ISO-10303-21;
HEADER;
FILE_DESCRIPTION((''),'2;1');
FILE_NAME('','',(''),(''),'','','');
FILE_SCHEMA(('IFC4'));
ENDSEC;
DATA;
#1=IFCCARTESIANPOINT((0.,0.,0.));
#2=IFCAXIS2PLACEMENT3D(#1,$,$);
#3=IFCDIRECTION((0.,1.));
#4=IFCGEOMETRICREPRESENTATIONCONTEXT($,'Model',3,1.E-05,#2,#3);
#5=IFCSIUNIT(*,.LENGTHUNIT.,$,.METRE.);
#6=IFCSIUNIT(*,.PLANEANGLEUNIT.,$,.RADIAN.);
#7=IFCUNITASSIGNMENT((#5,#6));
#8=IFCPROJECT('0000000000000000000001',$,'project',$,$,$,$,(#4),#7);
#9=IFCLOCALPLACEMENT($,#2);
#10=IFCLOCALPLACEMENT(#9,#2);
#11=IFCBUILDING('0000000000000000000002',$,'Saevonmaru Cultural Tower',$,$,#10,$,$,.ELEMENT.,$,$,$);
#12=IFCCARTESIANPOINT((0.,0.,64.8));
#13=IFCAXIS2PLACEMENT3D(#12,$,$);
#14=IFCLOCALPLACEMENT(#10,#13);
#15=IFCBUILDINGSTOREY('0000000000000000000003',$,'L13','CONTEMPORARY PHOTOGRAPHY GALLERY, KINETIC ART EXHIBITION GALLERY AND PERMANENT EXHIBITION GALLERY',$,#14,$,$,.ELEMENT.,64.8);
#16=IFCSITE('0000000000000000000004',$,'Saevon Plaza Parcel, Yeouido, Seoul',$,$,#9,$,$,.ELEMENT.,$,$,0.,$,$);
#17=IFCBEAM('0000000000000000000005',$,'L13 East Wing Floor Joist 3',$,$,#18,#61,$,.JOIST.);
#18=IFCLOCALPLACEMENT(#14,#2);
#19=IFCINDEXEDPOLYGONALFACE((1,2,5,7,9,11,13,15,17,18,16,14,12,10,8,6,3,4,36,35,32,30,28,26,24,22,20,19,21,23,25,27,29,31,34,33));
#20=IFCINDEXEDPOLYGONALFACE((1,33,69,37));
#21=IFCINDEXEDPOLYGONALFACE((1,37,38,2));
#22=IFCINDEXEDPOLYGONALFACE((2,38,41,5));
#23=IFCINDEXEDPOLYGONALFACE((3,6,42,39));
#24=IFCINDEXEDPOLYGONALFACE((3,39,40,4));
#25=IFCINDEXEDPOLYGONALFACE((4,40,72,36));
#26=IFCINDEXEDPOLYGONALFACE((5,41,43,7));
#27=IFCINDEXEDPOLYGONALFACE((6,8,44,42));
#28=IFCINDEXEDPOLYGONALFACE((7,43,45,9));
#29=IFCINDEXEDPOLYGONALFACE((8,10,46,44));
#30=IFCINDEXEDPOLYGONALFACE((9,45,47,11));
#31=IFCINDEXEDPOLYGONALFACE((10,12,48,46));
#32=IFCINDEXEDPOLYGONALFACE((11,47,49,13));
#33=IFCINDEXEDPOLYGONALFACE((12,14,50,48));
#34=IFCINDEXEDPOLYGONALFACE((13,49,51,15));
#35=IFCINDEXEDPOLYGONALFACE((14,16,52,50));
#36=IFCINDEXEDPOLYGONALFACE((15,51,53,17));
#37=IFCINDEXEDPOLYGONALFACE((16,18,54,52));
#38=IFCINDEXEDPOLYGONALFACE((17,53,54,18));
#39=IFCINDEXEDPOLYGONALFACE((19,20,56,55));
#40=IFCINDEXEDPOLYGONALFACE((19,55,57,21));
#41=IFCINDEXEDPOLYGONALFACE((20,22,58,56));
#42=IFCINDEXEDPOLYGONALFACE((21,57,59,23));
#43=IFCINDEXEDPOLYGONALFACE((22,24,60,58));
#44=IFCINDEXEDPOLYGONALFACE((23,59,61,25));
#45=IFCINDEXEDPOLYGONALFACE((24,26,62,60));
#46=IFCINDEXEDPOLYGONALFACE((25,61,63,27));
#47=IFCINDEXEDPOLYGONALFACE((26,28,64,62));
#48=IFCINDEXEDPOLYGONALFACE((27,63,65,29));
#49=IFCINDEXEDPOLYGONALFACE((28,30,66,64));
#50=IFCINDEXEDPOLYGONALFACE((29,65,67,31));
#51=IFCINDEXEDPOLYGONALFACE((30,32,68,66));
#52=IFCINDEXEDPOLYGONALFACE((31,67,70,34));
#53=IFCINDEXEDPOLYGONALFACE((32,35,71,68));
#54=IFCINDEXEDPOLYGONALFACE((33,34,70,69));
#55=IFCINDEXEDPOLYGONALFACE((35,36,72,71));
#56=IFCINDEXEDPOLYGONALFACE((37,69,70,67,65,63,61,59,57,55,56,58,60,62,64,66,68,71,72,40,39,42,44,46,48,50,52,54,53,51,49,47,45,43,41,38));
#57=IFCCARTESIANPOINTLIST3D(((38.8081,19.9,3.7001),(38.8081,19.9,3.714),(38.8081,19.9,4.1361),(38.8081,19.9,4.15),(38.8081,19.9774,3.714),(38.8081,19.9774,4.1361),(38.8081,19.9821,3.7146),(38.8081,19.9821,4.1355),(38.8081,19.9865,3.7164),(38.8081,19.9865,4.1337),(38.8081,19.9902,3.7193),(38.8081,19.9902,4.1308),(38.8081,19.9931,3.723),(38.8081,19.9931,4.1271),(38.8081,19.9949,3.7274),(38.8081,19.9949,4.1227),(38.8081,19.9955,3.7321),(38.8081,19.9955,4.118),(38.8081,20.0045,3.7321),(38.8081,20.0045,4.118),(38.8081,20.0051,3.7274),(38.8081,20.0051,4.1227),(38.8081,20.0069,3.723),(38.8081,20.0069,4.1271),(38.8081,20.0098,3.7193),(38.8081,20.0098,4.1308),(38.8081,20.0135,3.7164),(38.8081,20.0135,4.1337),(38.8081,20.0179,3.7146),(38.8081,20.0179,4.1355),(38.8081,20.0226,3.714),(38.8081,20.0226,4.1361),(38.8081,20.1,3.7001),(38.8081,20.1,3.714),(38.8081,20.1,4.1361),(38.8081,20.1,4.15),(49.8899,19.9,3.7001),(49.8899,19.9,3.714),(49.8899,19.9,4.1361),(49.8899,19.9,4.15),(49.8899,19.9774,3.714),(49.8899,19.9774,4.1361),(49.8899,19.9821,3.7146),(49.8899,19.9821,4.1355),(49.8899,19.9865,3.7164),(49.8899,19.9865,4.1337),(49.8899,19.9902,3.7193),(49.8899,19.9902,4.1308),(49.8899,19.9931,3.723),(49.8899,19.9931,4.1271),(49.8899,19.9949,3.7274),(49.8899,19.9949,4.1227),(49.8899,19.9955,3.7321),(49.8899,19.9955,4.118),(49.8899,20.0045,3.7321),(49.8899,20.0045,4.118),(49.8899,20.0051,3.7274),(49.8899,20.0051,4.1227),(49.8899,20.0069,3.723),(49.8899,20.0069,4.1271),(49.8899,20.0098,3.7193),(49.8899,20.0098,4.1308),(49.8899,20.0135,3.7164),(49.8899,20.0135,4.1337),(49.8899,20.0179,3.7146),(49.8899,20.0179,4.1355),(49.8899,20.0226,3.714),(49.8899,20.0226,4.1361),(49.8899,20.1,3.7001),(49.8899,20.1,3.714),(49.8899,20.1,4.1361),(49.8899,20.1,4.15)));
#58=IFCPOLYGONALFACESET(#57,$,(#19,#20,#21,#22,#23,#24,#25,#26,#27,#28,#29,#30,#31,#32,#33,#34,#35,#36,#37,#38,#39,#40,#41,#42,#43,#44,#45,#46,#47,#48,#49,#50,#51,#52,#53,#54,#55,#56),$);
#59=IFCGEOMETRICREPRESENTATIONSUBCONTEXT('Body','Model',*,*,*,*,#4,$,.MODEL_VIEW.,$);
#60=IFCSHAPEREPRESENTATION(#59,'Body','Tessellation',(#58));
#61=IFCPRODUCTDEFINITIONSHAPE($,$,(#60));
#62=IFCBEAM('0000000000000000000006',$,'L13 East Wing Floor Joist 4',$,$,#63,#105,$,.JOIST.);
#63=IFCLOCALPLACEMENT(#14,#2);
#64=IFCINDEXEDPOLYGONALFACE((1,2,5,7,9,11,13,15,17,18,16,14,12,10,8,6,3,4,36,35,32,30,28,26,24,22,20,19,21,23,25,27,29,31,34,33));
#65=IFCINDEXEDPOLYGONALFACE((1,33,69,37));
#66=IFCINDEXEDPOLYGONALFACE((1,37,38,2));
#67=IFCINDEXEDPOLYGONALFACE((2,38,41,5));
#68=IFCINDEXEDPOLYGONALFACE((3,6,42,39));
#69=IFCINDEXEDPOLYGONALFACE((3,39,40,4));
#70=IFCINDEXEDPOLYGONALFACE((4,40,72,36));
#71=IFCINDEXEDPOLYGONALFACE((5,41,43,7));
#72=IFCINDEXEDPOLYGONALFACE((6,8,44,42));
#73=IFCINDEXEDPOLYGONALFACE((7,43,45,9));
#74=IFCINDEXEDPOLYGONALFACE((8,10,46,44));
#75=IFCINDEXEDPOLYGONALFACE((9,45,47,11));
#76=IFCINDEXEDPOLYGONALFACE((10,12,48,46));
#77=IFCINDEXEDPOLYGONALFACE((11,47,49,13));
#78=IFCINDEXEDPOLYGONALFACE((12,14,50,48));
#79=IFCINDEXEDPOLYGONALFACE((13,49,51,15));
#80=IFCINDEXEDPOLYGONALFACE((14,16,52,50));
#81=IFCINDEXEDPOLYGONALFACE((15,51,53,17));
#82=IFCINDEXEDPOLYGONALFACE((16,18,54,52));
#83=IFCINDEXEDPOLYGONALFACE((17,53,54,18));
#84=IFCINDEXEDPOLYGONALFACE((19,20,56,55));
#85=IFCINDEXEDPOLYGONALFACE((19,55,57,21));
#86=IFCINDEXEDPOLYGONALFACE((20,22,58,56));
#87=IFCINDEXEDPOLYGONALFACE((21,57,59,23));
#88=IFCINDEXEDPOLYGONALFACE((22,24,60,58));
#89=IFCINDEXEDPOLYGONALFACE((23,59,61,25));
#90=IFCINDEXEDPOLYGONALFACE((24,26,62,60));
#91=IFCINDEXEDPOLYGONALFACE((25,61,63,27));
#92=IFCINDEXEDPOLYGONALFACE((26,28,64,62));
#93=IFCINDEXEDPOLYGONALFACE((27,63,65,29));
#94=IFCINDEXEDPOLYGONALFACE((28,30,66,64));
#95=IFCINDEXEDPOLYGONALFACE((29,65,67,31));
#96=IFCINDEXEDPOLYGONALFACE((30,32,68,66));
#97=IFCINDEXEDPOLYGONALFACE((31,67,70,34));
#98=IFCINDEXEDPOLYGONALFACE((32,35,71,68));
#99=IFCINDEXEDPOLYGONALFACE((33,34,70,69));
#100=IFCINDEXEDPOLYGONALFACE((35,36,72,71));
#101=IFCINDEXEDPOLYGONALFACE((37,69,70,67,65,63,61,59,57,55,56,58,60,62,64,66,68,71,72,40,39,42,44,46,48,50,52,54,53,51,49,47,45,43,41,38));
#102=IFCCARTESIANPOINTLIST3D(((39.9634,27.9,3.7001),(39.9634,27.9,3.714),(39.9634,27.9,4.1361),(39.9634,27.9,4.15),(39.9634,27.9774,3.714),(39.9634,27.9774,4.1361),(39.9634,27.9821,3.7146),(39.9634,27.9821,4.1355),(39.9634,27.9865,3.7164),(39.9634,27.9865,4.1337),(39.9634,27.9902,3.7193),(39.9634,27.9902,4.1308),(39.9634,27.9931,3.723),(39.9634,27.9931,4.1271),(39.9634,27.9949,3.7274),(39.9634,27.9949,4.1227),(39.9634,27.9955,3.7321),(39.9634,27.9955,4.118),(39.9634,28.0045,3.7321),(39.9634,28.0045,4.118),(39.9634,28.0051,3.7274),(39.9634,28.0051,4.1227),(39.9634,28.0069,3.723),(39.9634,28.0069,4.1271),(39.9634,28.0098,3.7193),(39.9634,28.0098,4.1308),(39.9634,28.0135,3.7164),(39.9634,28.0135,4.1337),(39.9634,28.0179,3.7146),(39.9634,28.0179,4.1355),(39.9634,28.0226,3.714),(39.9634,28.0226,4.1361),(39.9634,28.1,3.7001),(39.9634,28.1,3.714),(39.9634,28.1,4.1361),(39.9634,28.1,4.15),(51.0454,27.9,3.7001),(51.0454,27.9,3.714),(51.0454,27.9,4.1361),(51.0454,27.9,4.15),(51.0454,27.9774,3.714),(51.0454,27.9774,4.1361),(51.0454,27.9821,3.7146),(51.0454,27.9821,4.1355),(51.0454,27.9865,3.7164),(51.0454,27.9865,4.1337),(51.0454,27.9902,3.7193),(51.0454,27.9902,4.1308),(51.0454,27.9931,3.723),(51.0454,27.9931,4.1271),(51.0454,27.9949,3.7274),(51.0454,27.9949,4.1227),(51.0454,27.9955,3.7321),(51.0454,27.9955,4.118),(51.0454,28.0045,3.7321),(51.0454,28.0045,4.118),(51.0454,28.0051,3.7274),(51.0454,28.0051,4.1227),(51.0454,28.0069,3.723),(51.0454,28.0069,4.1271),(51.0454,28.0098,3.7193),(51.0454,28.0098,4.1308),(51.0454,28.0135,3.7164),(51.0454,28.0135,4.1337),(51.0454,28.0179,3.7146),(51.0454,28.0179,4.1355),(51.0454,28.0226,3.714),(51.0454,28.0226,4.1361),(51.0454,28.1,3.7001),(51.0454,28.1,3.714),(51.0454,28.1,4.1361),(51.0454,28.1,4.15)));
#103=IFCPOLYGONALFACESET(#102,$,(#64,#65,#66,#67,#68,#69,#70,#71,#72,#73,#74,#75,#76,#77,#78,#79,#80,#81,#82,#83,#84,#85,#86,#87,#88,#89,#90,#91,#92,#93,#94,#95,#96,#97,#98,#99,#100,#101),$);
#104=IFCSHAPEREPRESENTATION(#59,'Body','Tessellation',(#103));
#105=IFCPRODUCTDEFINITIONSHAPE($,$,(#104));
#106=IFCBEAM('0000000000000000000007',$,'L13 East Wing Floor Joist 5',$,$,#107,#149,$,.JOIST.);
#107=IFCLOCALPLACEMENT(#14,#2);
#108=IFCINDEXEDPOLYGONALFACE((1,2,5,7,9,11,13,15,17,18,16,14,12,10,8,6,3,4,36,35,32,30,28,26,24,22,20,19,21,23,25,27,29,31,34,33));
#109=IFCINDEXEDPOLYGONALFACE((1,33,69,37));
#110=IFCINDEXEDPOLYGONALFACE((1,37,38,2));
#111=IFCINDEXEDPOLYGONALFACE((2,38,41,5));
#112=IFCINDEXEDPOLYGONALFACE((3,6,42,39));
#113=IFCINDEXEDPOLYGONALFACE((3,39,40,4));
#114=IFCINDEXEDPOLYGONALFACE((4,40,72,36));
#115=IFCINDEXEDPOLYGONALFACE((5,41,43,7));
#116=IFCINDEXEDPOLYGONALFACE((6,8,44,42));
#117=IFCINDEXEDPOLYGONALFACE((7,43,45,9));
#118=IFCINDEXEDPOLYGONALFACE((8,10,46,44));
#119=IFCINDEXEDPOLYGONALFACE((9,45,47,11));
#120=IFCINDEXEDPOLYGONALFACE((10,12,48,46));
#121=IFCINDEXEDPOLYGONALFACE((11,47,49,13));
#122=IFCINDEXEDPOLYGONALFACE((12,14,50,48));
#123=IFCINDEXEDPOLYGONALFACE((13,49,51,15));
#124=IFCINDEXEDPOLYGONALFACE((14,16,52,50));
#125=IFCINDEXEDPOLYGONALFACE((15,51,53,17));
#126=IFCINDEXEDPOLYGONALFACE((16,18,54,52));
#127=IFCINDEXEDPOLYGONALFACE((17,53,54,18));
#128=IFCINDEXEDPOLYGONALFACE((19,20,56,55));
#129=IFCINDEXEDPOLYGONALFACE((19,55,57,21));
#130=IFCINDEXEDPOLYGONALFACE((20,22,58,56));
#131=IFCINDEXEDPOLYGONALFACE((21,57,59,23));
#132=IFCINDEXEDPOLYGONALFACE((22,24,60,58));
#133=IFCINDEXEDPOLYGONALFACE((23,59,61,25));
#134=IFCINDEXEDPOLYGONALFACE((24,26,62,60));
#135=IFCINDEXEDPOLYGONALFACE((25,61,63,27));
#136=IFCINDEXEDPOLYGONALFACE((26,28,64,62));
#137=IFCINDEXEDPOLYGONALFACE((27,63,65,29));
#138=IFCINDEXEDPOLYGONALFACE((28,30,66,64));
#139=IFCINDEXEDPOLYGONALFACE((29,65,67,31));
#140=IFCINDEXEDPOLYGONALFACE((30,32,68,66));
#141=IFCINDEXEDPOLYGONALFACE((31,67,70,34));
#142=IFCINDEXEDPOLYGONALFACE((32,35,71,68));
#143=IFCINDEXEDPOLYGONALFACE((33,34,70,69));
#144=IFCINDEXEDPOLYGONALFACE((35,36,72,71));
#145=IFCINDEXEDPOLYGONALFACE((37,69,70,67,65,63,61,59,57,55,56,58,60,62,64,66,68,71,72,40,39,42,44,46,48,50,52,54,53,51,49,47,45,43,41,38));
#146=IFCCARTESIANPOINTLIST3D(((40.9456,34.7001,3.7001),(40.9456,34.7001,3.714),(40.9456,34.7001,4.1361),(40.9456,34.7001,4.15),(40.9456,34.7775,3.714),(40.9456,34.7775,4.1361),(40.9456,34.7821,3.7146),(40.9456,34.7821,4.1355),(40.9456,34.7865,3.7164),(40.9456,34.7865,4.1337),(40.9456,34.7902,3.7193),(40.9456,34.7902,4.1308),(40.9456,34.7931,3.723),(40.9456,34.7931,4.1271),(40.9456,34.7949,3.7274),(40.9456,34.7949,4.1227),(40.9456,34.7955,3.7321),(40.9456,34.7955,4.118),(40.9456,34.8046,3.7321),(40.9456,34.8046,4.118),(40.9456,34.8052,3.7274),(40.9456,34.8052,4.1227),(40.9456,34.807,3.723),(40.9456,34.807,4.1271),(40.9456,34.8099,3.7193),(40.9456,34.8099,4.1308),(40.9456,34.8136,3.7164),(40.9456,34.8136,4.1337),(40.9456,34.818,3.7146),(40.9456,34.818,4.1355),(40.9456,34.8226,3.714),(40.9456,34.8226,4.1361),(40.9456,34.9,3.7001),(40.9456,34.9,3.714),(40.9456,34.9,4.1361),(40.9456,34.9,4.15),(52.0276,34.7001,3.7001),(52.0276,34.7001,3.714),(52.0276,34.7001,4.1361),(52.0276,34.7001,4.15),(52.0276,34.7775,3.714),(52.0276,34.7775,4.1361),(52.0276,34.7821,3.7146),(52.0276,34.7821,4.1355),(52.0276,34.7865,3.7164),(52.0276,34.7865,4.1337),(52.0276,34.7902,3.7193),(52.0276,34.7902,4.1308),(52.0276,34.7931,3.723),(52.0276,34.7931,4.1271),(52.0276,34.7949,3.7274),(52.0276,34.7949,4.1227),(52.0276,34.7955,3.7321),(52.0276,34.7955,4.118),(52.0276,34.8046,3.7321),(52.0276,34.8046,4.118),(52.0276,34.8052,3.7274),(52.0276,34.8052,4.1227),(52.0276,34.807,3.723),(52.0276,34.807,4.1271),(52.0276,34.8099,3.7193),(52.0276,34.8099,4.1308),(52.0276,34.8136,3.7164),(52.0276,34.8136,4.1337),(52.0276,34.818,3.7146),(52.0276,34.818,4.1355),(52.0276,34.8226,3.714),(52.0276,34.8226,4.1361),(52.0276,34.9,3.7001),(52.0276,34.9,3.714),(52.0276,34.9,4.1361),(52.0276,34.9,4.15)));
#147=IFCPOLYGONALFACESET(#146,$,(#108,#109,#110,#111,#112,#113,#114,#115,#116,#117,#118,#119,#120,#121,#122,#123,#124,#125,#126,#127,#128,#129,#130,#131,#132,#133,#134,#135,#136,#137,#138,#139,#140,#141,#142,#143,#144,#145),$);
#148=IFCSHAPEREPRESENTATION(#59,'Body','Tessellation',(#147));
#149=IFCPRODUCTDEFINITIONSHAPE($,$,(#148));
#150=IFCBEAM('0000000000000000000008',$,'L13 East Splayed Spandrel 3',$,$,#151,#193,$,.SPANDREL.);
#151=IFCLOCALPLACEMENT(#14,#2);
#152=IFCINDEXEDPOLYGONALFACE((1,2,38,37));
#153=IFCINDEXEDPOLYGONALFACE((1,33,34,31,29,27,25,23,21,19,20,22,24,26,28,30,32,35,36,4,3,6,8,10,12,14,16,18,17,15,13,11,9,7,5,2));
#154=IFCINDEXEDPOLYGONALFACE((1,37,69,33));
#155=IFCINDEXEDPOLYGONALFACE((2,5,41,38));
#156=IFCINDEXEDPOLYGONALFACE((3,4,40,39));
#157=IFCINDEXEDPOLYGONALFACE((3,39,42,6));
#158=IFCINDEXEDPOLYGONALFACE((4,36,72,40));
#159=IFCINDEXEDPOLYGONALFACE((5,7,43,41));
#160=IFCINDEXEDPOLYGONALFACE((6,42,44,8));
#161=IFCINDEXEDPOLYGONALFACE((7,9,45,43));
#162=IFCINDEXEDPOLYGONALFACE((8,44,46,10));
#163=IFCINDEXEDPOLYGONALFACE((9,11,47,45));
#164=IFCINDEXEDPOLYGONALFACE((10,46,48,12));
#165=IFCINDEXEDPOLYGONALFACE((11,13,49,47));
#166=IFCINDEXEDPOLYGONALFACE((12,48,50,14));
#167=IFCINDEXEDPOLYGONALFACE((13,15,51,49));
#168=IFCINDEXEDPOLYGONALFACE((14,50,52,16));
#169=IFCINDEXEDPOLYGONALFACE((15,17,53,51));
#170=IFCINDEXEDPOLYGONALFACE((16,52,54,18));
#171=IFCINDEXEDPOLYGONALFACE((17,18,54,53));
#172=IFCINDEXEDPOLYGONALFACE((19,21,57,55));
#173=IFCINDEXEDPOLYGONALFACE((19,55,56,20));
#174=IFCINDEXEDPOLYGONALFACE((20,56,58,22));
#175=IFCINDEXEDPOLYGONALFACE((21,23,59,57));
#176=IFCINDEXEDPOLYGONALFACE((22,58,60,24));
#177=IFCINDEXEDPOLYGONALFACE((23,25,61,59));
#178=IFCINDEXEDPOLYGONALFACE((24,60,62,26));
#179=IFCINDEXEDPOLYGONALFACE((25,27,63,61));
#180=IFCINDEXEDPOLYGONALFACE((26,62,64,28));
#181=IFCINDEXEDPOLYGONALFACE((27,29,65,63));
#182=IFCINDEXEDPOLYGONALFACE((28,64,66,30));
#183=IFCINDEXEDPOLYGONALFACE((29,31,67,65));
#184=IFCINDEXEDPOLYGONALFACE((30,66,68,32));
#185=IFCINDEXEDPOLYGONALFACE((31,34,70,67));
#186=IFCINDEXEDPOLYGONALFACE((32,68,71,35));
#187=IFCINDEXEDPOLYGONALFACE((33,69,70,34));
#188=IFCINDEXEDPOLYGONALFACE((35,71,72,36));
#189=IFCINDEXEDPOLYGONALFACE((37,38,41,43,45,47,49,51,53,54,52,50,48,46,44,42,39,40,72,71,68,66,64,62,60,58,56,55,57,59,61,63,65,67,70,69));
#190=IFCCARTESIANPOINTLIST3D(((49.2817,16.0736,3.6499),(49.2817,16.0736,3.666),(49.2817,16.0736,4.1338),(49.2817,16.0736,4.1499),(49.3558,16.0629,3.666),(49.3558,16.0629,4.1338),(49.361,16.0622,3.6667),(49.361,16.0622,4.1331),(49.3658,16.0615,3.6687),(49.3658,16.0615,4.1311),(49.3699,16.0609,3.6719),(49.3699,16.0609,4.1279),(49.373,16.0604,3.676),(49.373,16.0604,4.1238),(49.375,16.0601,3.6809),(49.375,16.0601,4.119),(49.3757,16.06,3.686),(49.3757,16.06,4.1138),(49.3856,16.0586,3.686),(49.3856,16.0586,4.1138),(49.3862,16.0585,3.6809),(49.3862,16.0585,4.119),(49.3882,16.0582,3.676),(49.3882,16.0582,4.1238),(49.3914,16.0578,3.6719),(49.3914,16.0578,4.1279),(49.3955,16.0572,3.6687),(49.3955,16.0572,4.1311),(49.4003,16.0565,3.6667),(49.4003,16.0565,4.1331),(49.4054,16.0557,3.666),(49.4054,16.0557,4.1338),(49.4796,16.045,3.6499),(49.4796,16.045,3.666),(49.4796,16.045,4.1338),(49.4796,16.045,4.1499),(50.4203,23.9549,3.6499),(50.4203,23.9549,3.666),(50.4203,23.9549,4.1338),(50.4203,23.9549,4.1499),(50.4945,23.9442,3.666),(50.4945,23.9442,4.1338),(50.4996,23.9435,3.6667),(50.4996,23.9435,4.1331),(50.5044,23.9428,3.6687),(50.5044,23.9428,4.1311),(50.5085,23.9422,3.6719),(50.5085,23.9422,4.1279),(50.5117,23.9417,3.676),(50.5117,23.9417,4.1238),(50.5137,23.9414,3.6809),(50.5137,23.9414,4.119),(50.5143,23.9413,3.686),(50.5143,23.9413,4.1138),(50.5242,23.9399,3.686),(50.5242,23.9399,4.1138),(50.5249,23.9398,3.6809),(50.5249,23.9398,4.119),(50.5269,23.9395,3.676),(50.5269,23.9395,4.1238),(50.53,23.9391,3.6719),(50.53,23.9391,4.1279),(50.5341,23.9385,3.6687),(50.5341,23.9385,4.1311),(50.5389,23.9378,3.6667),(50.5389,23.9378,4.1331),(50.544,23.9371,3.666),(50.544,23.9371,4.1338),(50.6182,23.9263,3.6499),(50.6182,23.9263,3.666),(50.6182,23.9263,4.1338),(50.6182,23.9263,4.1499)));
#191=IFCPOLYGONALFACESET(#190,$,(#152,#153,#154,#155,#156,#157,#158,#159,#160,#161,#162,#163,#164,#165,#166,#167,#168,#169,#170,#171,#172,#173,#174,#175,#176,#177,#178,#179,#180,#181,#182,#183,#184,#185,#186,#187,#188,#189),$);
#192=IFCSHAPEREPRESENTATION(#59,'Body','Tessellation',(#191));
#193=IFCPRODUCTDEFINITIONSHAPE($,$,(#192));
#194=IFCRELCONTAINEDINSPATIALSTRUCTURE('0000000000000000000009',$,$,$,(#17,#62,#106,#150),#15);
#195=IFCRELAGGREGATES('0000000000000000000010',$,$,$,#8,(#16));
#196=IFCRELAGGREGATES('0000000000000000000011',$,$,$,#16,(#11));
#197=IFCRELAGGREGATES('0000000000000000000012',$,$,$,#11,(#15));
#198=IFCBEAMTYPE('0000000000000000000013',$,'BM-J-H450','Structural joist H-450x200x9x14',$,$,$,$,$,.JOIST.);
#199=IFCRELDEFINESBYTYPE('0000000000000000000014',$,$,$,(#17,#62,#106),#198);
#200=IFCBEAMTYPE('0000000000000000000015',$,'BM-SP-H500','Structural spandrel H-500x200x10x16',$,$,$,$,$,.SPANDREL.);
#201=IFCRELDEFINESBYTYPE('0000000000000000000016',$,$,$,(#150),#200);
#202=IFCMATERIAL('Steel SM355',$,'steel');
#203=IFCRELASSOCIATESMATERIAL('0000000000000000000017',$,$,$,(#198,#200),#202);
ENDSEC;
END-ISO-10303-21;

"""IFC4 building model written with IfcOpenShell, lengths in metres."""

from ifc_helpers import new_model, si_unit, direction, frame, origin, origin_2d, place, context, subcontext, project, spatial, i_section, extrude, material, material_profile, profile_set, type_object, element, save


model = new_model("IFC4")

# Units and contexts
model_context = context("Model", 3, precision=1e-05, world=origin(), true_north=direction((0.0, 1.0)))
body_context = subcontext(model_context, "Body", "Model", "MODEL_VIEW")
ifc_project = project(units=[si_unit("LENGTHUNIT", "METRE"), si_unit("PLANEANGLEUNIT", "RADIAN")], contexts=[model_context])

# Site, building, storey
site_placement = place(None, origin())
site = spatial("IfcSite", under=ifc_project, at=site_placement, Name="Saevon Plaza Parcel, Yeouido, Seoul", CompositionType="ELEMENT", RefElevation=0.0)
building_placement = place(site_placement, origin())
building = spatial("IfcBuilding", under=site, at=building_placement, Name="Saevonmaru Cultural Tower", CompositionType="ELEMENT")
storey_placement = place(building_placement, frame((0.0, 0.0, 64.8)))
storey = spatial("IfcBuildingStorey", under=building, at=storey_placement, Name="L13", Description="CONTEMPORARY PHOTOGRAPHY GALLERY, KINETIC ART EXHIBITION GALLERY AND PERMANENT EXHIBITION GALLERY", CompositionType="ELEMENT", Elevation=64.8)

# Beams
ifc_material_1 = material(Name="Steel SM355", Category="steel")
ifc_material_profile_1 = material_profile(ifc_material_1, i_section(OverallWidth=0.2, OverallDepth=0.45, WebThickness=0.009, FlangeThickness=0.0139, FilletRadius=0.0181, at=origin_2d()), Name="H-450x200x9x14")
ifc_profile_set_1 = profile_set([ifc_material_profile_1], Name="Steel SM355")
beam_type_1 = type_object("IfcBeamType", Name="BM-J-H450", Description="Structural joist H-450x200x9x14", PredefinedType="JOIST", material=ifc_profile_set_1)
beam_1_placement = place(storey_placement, frame((38.8081, 20.0, 3.925), z_axis=(1.0, 0.0, 0.0), x_axis=(0.0, 1.0, 0.0)))
element("IfcBeam", 1, at=beam_1_placement, inside=storey, type_object=beam_type_1, Name="L13 East Wing Floor Joist 3", PredefinedType="JOIST", context=body_context, shape_type="SweptSolid", body=[
    extrude(i_section(OverallWidth=0.2, OverallDepth=0.45, WebThickness=0.009, FlangeThickness=0.0139, FilletRadius=0.0181, at=origin_2d()), origin(), (0.0, 0.0, 1.0), 11.0818),
])
for number, where, z_axis, x_axis, name in (
    (2, (39.9634, 28.0, 3.925), (1.0, 0.0, 0.0), (0.0, 1.0, 0.0), "L13 East Wing Floor Joist 4"),
    (3, (40.9456, 34.8, 3.925), (1.0, 0.0, 0.0), (0.0, 1.0, 0.0), "L13 East Wing Floor Joist 5"),
):
    element("IfcBeam", number, at=place(storey_placement, frame(where, z_axis=z_axis, x_axis=x_axis)), inside=storey, type_object=beam_type_1, Name=name, PredefinedType="JOIST", context=body_context, shape_type="SweptSolid", body=[
        extrude(i_section(OverallWidth=0.2, OverallDepth=0.45, WebThickness=0.009, FlangeThickness=0.0139, FilletRadius=0.0181, at=origin_2d()), origin(), (0.0, 0.0, 1.0), 11.082),
    ])
ifc_material_profile_2 = material_profile(ifc_material_1, i_section(OverallWidth=0.2, OverallDepth=0.5, WebThickness=0.01, FlangeThickness=0.0161, FilletRadius=0.02, at=origin_2d()), Name="H-500x200x10x16")
ifc_profile_set_2 = profile_set([ifc_material_profile_2], Name="Steel SM355")
beam_type_2 = type_object("IfcBeamType", Name="BM-SP-H500", Description="Structural spandrel H-500x200x10x16", PredefinedType="SPANDREL", material=ifc_profile_set_2)
beam_2_placement = place(storey_placement, frame((49.3806, 16.0593, 3.8999), z_axis=(0.142992, 0.989724, 0.0), x_axis=(-0.989724, 0.142992, 0.0)))
element("IfcBeam", 4, at=beam_2_placement, inside=storey, type_object=beam_type_2, Name="L13 East Splayed Spandrel 3", PredefinedType="SPANDREL", context=body_context, shape_type="SweptSolid", body=[
    extrude(i_section(OverallWidth=0.2, OverallDepth=0.5, WebThickness=0.01, FlangeThickness=0.0161, FilletRadius=0.02, at=origin_2d()), origin(), (0.0, 0.0, 1.0), 7.9631),
])

save(model, "model.ifc")
